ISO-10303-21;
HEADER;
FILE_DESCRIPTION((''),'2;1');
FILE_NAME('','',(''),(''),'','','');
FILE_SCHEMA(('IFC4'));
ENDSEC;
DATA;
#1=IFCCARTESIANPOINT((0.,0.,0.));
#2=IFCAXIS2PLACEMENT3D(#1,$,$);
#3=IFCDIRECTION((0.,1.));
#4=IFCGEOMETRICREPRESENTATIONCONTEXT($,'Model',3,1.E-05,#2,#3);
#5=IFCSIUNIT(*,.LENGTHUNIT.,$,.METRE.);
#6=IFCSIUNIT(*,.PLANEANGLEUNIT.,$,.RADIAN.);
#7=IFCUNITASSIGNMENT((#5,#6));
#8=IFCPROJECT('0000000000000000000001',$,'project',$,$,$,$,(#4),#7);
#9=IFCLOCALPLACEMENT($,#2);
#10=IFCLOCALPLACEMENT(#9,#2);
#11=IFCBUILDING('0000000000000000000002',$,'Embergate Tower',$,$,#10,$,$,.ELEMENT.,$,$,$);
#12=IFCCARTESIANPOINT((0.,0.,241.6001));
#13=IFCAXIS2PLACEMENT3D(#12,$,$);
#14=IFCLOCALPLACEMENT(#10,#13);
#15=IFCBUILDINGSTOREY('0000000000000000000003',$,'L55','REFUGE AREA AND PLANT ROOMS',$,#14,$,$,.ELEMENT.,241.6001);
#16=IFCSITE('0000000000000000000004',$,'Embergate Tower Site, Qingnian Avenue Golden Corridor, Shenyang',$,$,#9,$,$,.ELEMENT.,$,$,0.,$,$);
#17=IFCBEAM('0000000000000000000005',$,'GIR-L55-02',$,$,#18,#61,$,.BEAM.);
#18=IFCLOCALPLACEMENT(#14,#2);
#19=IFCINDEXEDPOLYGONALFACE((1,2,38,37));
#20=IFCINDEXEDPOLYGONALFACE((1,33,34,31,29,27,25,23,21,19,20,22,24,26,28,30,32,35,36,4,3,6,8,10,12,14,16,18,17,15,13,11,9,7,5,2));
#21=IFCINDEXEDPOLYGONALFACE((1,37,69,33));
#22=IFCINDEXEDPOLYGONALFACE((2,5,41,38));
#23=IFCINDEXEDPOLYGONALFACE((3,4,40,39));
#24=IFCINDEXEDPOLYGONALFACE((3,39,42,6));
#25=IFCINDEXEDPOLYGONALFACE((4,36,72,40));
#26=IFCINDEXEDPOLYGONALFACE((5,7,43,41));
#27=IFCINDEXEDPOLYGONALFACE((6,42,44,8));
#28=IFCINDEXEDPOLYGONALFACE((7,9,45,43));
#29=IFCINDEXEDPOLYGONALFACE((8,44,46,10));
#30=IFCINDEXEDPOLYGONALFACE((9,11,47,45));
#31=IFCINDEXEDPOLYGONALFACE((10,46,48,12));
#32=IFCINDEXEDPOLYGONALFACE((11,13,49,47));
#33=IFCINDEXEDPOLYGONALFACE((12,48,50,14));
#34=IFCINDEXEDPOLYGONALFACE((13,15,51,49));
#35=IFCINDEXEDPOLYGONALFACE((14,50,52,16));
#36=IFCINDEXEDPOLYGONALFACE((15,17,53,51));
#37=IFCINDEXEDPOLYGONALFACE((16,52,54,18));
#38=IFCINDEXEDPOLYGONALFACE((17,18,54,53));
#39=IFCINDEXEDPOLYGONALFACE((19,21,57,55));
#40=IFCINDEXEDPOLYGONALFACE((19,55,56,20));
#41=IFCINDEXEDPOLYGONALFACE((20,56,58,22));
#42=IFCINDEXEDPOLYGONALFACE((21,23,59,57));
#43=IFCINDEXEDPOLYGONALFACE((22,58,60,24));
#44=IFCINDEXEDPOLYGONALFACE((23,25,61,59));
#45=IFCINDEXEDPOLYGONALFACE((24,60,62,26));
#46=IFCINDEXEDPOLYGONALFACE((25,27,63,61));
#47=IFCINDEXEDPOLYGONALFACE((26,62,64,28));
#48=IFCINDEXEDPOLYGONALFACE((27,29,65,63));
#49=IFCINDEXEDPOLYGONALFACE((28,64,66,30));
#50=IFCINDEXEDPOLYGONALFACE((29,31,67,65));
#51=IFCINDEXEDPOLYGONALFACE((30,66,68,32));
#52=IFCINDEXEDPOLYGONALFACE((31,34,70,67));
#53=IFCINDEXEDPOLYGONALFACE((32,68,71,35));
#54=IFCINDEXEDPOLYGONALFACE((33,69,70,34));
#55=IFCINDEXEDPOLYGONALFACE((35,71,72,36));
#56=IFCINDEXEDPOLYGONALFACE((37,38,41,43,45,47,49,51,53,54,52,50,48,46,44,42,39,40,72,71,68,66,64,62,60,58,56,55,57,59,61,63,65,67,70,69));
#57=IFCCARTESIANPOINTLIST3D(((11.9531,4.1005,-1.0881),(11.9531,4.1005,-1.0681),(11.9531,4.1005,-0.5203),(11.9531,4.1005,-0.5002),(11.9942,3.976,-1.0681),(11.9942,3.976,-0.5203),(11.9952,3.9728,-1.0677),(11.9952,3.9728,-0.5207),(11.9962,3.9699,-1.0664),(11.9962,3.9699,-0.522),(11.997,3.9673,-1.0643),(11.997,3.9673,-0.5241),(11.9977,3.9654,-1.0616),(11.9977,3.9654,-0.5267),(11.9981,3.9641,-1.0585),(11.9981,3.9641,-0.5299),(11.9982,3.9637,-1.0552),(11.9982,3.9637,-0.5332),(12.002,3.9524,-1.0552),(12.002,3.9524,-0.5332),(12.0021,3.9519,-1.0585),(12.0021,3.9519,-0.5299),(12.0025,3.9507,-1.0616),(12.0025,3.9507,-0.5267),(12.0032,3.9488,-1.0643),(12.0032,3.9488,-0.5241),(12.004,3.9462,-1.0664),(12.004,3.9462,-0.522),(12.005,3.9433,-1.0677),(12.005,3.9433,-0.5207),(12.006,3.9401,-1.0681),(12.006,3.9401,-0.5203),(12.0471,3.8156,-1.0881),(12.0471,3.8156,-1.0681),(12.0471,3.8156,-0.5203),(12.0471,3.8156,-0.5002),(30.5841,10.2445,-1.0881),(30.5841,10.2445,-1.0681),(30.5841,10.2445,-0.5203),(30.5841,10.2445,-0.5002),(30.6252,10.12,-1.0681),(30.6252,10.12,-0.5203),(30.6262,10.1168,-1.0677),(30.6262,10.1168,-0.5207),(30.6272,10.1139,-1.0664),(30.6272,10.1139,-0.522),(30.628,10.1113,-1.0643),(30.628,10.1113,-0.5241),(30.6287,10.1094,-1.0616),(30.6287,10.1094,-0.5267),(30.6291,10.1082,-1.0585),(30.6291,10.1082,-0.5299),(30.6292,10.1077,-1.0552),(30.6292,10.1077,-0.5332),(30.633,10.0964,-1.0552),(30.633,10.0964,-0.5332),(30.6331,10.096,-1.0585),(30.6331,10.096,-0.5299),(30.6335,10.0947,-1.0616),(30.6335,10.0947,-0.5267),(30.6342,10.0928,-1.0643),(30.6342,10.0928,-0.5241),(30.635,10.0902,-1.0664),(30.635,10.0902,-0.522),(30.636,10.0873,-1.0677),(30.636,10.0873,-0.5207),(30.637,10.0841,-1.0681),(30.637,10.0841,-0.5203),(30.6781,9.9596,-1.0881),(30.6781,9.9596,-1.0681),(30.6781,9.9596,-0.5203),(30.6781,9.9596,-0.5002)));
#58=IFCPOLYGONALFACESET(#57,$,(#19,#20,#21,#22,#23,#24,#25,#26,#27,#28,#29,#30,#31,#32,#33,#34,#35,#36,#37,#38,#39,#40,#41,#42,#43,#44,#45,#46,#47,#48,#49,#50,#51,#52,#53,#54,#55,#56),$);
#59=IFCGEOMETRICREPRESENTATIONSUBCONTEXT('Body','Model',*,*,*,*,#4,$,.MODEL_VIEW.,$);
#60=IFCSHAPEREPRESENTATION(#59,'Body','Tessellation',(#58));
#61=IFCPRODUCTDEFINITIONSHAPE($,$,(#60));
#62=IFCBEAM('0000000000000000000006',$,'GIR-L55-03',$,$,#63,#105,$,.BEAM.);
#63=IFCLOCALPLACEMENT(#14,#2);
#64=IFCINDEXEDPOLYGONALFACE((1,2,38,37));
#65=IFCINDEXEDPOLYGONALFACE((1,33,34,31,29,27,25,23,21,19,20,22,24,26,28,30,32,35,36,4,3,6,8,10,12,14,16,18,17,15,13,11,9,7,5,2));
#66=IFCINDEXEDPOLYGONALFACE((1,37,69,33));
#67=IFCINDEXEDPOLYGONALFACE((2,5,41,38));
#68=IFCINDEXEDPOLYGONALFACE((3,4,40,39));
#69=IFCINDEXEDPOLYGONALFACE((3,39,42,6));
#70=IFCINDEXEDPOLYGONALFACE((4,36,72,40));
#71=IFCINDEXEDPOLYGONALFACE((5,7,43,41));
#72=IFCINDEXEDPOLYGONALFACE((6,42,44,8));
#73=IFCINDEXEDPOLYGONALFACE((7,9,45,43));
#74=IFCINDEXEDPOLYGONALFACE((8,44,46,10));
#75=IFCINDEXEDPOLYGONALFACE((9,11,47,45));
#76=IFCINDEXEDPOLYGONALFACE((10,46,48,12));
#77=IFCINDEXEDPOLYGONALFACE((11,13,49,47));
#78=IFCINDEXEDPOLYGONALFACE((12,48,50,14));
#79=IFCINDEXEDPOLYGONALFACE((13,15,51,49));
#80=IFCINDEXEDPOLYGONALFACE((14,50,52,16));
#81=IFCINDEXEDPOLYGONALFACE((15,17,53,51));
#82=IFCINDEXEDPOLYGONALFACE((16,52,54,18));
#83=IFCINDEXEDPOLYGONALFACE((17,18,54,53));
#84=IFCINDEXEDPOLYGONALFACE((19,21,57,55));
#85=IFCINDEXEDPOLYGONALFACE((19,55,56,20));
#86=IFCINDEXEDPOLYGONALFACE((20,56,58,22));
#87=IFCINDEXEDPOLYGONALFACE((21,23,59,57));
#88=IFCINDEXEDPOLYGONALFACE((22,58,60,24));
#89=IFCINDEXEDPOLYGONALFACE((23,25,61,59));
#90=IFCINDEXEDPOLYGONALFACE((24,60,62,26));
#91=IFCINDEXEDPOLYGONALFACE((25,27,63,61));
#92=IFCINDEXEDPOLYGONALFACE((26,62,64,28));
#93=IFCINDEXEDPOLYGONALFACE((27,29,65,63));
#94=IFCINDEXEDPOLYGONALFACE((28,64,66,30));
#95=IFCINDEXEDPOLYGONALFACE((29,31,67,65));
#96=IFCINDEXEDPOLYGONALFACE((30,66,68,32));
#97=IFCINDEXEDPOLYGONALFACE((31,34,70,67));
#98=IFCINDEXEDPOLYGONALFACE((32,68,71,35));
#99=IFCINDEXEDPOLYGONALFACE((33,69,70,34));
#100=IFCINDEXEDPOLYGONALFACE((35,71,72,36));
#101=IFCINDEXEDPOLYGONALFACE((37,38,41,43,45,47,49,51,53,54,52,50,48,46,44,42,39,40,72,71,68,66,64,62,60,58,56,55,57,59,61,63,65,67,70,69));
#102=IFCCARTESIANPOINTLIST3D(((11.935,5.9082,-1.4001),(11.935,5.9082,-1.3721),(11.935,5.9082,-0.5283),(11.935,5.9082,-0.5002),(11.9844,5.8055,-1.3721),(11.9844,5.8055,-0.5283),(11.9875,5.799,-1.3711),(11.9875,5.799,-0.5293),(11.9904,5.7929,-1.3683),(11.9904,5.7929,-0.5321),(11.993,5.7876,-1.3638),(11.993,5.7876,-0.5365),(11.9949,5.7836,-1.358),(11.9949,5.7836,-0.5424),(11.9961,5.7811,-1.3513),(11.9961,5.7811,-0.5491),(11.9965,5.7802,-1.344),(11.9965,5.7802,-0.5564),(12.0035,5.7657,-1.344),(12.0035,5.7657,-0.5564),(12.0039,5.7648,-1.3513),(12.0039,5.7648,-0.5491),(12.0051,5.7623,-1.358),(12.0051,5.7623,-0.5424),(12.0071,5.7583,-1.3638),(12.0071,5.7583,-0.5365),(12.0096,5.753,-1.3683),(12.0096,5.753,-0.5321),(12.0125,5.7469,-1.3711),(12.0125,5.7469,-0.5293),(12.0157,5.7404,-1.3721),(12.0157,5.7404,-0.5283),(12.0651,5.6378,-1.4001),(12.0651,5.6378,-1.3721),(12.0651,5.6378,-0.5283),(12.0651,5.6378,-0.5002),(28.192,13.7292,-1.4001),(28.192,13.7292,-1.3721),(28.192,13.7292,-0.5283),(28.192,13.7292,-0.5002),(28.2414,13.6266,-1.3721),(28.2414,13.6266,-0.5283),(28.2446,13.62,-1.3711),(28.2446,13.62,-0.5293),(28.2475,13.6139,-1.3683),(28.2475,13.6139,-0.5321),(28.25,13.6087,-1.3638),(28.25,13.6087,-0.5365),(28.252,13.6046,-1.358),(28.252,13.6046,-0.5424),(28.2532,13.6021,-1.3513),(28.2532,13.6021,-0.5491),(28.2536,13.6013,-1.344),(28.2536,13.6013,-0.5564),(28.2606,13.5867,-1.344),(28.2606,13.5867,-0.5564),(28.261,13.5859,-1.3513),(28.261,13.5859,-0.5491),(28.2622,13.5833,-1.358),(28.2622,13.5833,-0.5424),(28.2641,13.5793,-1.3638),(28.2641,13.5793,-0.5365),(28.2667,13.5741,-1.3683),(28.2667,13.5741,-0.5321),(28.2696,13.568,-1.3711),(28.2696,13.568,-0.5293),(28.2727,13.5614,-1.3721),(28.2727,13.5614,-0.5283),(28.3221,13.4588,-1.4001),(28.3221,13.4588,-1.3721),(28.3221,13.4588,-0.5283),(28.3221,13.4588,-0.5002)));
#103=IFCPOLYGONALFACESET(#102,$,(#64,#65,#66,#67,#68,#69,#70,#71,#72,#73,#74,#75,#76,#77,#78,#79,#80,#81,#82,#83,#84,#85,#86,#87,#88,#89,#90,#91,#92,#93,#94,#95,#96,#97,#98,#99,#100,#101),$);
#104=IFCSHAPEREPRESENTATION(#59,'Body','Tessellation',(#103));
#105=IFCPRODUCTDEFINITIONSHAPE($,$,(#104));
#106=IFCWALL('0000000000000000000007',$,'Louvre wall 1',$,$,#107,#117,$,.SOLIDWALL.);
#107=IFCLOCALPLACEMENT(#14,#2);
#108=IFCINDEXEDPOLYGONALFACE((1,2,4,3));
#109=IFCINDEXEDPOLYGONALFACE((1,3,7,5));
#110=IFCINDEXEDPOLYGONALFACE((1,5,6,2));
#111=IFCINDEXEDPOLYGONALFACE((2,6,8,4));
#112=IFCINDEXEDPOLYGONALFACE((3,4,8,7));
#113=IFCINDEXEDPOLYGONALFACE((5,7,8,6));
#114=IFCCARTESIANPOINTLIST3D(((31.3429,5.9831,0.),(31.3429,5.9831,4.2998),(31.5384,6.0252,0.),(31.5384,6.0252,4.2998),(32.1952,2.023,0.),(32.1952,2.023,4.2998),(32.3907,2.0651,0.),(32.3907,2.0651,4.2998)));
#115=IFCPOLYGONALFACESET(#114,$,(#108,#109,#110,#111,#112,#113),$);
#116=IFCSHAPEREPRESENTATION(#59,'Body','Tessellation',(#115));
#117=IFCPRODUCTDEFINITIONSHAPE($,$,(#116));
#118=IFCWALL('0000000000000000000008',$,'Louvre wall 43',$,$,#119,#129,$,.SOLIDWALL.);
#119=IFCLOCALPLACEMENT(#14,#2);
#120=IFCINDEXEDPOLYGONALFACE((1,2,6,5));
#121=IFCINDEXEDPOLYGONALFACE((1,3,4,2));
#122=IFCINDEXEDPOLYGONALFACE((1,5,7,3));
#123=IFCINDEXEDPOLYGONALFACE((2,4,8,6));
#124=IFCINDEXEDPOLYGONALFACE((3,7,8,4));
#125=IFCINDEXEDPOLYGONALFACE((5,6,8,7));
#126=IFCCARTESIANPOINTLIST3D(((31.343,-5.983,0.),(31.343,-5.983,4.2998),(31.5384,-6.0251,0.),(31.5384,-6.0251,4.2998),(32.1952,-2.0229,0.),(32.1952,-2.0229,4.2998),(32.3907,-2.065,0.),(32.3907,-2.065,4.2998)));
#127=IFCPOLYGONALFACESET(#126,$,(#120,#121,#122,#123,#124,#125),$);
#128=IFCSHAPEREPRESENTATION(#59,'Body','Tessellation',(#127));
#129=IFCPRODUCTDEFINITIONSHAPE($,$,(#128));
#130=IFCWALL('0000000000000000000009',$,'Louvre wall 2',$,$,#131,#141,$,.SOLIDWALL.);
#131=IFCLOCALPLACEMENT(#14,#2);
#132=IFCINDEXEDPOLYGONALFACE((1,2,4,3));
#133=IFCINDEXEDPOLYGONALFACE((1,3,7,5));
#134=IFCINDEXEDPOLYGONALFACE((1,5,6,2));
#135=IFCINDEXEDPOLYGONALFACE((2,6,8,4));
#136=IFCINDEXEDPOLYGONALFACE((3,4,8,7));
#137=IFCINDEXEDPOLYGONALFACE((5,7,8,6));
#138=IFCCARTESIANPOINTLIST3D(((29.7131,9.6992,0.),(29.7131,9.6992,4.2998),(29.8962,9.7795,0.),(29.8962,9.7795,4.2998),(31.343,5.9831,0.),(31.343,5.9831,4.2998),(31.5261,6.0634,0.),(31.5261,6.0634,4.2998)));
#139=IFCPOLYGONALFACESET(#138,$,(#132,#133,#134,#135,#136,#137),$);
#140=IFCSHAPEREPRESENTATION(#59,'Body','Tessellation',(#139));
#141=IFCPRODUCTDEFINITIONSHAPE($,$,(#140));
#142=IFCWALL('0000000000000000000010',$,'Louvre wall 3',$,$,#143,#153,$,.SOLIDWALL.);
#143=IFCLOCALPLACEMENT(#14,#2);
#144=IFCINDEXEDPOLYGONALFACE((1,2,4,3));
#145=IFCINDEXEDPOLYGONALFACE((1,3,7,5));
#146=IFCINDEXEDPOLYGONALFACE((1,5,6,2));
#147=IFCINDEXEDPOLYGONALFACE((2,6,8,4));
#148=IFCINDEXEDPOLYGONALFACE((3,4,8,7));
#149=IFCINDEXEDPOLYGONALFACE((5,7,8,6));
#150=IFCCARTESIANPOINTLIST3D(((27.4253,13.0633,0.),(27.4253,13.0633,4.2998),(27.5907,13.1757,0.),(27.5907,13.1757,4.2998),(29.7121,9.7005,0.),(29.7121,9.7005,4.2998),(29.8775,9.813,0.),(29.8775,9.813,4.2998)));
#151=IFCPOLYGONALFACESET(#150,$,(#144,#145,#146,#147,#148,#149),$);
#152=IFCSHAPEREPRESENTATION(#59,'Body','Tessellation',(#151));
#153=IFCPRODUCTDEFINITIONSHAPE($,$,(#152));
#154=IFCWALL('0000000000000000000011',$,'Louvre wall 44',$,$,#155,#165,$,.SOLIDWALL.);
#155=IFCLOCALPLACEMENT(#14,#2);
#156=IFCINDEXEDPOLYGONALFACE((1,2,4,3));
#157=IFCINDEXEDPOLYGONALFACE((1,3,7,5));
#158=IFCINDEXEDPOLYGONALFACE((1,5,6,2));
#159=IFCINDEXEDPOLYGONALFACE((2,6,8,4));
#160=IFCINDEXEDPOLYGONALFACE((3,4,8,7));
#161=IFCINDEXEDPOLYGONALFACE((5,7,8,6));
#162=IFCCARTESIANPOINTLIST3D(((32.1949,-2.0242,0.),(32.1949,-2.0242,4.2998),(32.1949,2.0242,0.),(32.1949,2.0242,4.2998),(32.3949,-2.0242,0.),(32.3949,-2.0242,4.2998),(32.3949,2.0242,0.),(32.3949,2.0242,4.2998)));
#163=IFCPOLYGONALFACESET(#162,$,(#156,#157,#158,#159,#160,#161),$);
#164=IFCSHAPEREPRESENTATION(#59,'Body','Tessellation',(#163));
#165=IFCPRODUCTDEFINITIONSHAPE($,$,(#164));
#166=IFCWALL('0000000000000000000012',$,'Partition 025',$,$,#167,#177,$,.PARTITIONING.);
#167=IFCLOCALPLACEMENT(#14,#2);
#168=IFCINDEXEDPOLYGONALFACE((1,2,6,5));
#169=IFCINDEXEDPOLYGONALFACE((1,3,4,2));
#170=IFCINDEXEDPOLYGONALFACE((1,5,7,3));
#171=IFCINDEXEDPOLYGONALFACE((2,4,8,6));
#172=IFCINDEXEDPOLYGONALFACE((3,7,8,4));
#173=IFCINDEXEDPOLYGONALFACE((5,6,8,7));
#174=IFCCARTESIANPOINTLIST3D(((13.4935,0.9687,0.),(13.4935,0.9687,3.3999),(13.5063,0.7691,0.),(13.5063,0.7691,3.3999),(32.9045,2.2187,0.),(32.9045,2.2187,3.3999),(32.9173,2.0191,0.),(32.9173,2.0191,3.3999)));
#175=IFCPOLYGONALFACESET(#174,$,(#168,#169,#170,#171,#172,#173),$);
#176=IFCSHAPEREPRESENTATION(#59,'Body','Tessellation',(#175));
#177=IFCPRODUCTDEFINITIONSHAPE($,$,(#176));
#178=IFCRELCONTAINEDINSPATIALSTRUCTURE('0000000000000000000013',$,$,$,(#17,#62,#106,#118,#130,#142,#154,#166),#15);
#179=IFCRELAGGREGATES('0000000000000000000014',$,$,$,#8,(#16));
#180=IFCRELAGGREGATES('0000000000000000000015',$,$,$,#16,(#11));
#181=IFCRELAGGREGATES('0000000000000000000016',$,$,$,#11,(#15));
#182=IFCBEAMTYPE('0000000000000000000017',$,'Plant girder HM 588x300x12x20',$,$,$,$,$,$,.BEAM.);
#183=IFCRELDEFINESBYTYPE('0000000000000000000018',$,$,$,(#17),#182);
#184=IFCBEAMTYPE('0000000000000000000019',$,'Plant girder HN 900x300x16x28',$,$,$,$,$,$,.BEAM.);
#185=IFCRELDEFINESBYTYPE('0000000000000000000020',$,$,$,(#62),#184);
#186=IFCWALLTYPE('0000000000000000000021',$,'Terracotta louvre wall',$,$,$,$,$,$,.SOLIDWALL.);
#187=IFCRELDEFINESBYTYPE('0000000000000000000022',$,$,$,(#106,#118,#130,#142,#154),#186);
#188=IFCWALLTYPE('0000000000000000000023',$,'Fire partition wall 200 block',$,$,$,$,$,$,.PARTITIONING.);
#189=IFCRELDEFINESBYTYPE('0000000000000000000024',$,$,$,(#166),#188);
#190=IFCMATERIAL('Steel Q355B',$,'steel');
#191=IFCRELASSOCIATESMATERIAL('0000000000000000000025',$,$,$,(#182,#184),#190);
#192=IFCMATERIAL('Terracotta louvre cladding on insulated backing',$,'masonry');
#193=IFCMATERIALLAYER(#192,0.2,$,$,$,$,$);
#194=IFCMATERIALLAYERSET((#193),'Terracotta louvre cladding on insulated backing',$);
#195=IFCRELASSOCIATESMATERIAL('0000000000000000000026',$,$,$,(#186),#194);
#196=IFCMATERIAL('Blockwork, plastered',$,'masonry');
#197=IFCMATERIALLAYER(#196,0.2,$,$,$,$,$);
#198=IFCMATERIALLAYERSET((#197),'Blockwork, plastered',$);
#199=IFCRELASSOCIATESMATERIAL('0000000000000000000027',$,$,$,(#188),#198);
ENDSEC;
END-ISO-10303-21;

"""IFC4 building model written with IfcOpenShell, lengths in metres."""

from ifc_helpers import new_model, si_unit, direction, frame, frame_2d, origin, origin_2d, place, context, subcontext, project, spatial, rectangle, i_section, extrude, source, transform, mapped, material, layer, layer_set, material_profile, profile_set, type_object, element, save


model = new_model("IFC4")

# Units and contexts
model_context = context("Model", 3, precision=1e-05, world=origin(), true_north=direction((0.0, 1.0)))
body_context = subcontext(model_context, "Body", "Model", "MODEL_VIEW")
ifc_project = project(units=[si_unit("LENGTHUNIT", "METRE"), si_unit("PLANEANGLEUNIT", "RADIAN")], contexts=[model_context])

# Site, building, storey
site_placement = place(None, origin())
site = spatial("IfcSite", under=ifc_project, at=site_placement, Name="Embergate Tower Site, Qingnian Avenue Golden Corridor, Shenyang", CompositionType="ELEMENT", RefElevation=0.0)
building_placement = place(site_placement, origin())
building = spatial("IfcBuilding", under=site, at=building_placement, Name="Embergate Tower", CompositionType="ELEMENT")
storey_placement = place(building_placement, frame((0.0, 0.0, 241.6001)))
storey = spatial("IfcBuildingStorey", under=building, at=storey_placement, Name="L55", Description="REFUGE AREA AND PLANT ROOMS", CompositionType="ELEMENT", Elevation=241.6001)

# Beams
ifc_material_1 = material(Name="Steel Q355B", Category="steel")
ifc_material_profile_1 = material_profile(ifc_material_1, i_section(OverallWidth=0.3, OverallDepth=0.5879, WebThickness=0.012, FlangeThickness=0.02, FilletRadius=0.0129, at=origin_2d()), Name="HM 588x300x12x20")
ifc_profile_set_1 = profile_set([ifc_material_profile_1], Name="Steel Q355 grade B")
beam_type_1 = type_object("IfcBeamType", Name="Plant girder HM 588x300x12x20", PredefinedType="BEAM", material=ifc_profile_set_1)
shared_shape_1 = source(origin(), body_context, "Body", "SweptSolid", [
    extrude(i_section(OverallWidth=0.3, OverallDepth=0.5879, WebThickness=0.012, FlangeThickness=0.02, FilletRadius=0.0129, at=origin_2d()), origin(), (0.0, 0.0, 1.0), 19.6179),
])
beam_1_placement = place(storey_placement, frame((30.6311, 10.1021, -0.7942), z_axis=(-0.949693, -0.313183, 0.0), x_axis=(0.313183, -0.949693, 0.0)))
element("IfcBeam", 1, at=beam_1_placement, inside=storey, type_object=beam_type_1, Name="GIR-L55-02", PredefinedType="BEAM", context=body_context, shape_type="MappedRepresentation", body=[
    mapped(shared_shape_1, transform((0.0, 0.0, 0.0))),
])
ifc_material_profile_2 = material_profile(ifc_material_1, i_section(OverallWidth=0.3, OverallDepth=0.8999, WebThickness=0.0161, FlangeThickness=0.0281, FilletRadius=0.0281, at=origin_2d()), Name="HN 900x300x16x28")
ifc_profile_set_2 = profile_set([ifc_material_profile_2], Name="Steel Q355 grade B")
beam_type_2 = type_object("IfcBeamType", Name="Plant girder HN 900x300x16x28", PredefinedType="BEAM", material=ifc_profile_set_2)
shared_shape_2 = source(origin(), body_context, "Body", "SweptSolid", [
    extrude(i_section(OverallWidth=0.3, OverallDepth=0.8999, WebThickness=0.0161, FlangeThickness=0.0281, FilletRadius=0.0281, at=origin_2d()), origin(), (0.0, 0.0, 1.0), 18.0405),
])
beam_2_placement = place(storey_placement, frame((28.2571, 13.594, -0.9502), z_axis=(-0.901141, -0.433526, 0.0), x_axis=(0.433526, -0.901141, 0.0)))
element("IfcBeam", 2, at=beam_2_placement, inside=storey, type_object=beam_type_2, Name="GIR-L55-03", PredefinedType="BEAM", context=body_context, shape_type="MappedRepresentation", body=[
    mapped(shared_shape_2, transform((0.0, 0.0, 0.0))),
])

# Walls
ifc_material_2 = material(Name="Terracotta louvre cladding on insulated backing", Category="masonry")
ifc_layer_1 = layer(ifc_material_2, 0.2)
ifc_layer_set_1 = layer_set([ifc_layer_1], Name="Terracotta louvre cladding on insulated backing")
wall_type_1 = type_object("IfcWallType", Name="Terracotta louvre wall", PredefinedType="SOLIDWALL", material=ifc_layer_set_1)
shared_shape_3 = source(origin(), body_context, "Body", "SweptSolid", [
    extrude(rectangle(XDim=4.0508, YDim=0.2, at=frame_2d((2.0254, 0.0))), origin(), (0.0, 0.0, 1.0), 4.2998),
])
for number, where, z_axis, x_axis, name in (
    (3, (31.4407, 6.0042, 0.0), (0.0, 0.0, 1.0), (0.210397, -0.977616, 0.0), "Louvre wall 1"),
    (4, (32.293, -2.0439, 0.0), (0.0, 0.0, 1.0), (-0.210397, -0.977616, 0.0), "Louvre wall 43"),
):
    element("IfcWall", number, at=place(storey_placement, frame(where, z_axis=z_axis, x_axis=x_axis)), inside=storey, type_object=wall_type_1, Name=name, PredefinedType="SOLIDWALL", context=body_context, shape_type="MappedRepresentation", body=[
        mapped(shared_shape_3, transform((0.0, 0.0, 0.0))),
    ])
shared_shape_4 = source(origin(), body_context, "Body", "SweptSolid", [
    extrude(rectangle(XDim=4.0579, YDim=0.2, at=frame_2d((2.0288, 0.0))), origin(), (0.0, 0.0, 1.0), 4.2998),
])
wall_1_placement = place(storey_placement, frame((29.8047, 9.7393, 0.0), z_axis=(0.0, 0.0, 1.0), x_axis=(0.401668, -0.915785, 0.0)))
element("IfcWall", 5, at=wall_1_placement, inside=storey, type_object=wall_type_1, Name="Louvre wall 2", PredefinedType="SOLIDWALL", context=body_context, shape_type="MappedRepresentation", body=[
    mapped(shared_shape_4, transform((0.0, 0.0, 0.0))),
])
shared_shape_5 = source(origin(), body_context, "Body", "SweptSolid", [
    extrude(rectangle(XDim=4.0667, YDim=0.2, at=frame_2d((2.0332, 0.0))), origin(), (0.0, 0.0, 1.0), 4.2998),
])
wall_2_placement = place(storey_placement, frame((27.5081, 13.1194, 0.0), z_axis=(0.0, 0.0, 1.0), x_axis=(0.562338, -0.826908, 0.0)))
element("IfcWall", 6, at=wall_2_placement, inside=storey, type_object=wall_type_1, Name="Louvre wall 3", PredefinedType="SOLIDWALL", context=body_context, shape_type="MappedRepresentation", body=[
    mapped(shared_shape_5, transform((0.0, 0.0, 0.0))),
])
shared_shape_6 = source(origin(), body_context, "Body", "SweptSolid", [
    extrude(rectangle(XDim=4.0483, YDim=0.2, at=frame_2d((2.0242, 0.0))), origin(), (0.0, 0.0, 1.0), 4.2998),
])
wall_3_placement = place(storey_placement, frame((32.2949, 2.0242, 0.0), z_axis=(0.0, 0.0, 1.0), x_axis=(0.0, -1.0, 0.0)))
element("IfcWall", 7, at=wall_3_placement, inside=storey, type_object=wall_type_1, Name="Louvre wall 44", PredefinedType="SOLIDWALL", context=body_context, shape_type="MappedRepresentation", body=[
    mapped(shared_shape_6, transform((0.0, 0.0, 0.0))),
])
ifc_material_3 = material(Name="Blockwork, plastered", Category="masonry")
ifc_layer_2 = layer(ifc_material_3, 0.2)
ifc_layer_set_2 = layer_set([ifc_layer_2], Name="Blockwork, plastered")
wall_type_2 = type_object("IfcWallType", Name="Fire partition wall 200 block", PredefinedType="PARTITIONING", material=ifc_layer_set_2)
shared_shape_7 = source(origin(), body_context, "Body", "SweptSolid", [
    extrude(rectangle(XDim=19.4512, YDim=0.2, at=frame_2d((9.7256, 0.0))), origin(), (0.0, 0.0, 1.0), 3.3999),
])
wall_4_placement = place(storey_placement, frame((32.9109, 2.1189, 0.0), z_axis=(0.0, 0.0, 1.0), x_axis=(-0.997933, -0.064264, 0.0)))
element("IfcWall", 8, at=wall_4_placement, inside=storey, type_object=wall_type_2, Name="Partition 025", PredefinedType="PARTITIONING", context=body_context, shape_type="MappedRepresentation", body=[
    mapped(shared_shape_7, transform((0.0, 0.0, 0.0))),
])

save(model, "model.ifc")
